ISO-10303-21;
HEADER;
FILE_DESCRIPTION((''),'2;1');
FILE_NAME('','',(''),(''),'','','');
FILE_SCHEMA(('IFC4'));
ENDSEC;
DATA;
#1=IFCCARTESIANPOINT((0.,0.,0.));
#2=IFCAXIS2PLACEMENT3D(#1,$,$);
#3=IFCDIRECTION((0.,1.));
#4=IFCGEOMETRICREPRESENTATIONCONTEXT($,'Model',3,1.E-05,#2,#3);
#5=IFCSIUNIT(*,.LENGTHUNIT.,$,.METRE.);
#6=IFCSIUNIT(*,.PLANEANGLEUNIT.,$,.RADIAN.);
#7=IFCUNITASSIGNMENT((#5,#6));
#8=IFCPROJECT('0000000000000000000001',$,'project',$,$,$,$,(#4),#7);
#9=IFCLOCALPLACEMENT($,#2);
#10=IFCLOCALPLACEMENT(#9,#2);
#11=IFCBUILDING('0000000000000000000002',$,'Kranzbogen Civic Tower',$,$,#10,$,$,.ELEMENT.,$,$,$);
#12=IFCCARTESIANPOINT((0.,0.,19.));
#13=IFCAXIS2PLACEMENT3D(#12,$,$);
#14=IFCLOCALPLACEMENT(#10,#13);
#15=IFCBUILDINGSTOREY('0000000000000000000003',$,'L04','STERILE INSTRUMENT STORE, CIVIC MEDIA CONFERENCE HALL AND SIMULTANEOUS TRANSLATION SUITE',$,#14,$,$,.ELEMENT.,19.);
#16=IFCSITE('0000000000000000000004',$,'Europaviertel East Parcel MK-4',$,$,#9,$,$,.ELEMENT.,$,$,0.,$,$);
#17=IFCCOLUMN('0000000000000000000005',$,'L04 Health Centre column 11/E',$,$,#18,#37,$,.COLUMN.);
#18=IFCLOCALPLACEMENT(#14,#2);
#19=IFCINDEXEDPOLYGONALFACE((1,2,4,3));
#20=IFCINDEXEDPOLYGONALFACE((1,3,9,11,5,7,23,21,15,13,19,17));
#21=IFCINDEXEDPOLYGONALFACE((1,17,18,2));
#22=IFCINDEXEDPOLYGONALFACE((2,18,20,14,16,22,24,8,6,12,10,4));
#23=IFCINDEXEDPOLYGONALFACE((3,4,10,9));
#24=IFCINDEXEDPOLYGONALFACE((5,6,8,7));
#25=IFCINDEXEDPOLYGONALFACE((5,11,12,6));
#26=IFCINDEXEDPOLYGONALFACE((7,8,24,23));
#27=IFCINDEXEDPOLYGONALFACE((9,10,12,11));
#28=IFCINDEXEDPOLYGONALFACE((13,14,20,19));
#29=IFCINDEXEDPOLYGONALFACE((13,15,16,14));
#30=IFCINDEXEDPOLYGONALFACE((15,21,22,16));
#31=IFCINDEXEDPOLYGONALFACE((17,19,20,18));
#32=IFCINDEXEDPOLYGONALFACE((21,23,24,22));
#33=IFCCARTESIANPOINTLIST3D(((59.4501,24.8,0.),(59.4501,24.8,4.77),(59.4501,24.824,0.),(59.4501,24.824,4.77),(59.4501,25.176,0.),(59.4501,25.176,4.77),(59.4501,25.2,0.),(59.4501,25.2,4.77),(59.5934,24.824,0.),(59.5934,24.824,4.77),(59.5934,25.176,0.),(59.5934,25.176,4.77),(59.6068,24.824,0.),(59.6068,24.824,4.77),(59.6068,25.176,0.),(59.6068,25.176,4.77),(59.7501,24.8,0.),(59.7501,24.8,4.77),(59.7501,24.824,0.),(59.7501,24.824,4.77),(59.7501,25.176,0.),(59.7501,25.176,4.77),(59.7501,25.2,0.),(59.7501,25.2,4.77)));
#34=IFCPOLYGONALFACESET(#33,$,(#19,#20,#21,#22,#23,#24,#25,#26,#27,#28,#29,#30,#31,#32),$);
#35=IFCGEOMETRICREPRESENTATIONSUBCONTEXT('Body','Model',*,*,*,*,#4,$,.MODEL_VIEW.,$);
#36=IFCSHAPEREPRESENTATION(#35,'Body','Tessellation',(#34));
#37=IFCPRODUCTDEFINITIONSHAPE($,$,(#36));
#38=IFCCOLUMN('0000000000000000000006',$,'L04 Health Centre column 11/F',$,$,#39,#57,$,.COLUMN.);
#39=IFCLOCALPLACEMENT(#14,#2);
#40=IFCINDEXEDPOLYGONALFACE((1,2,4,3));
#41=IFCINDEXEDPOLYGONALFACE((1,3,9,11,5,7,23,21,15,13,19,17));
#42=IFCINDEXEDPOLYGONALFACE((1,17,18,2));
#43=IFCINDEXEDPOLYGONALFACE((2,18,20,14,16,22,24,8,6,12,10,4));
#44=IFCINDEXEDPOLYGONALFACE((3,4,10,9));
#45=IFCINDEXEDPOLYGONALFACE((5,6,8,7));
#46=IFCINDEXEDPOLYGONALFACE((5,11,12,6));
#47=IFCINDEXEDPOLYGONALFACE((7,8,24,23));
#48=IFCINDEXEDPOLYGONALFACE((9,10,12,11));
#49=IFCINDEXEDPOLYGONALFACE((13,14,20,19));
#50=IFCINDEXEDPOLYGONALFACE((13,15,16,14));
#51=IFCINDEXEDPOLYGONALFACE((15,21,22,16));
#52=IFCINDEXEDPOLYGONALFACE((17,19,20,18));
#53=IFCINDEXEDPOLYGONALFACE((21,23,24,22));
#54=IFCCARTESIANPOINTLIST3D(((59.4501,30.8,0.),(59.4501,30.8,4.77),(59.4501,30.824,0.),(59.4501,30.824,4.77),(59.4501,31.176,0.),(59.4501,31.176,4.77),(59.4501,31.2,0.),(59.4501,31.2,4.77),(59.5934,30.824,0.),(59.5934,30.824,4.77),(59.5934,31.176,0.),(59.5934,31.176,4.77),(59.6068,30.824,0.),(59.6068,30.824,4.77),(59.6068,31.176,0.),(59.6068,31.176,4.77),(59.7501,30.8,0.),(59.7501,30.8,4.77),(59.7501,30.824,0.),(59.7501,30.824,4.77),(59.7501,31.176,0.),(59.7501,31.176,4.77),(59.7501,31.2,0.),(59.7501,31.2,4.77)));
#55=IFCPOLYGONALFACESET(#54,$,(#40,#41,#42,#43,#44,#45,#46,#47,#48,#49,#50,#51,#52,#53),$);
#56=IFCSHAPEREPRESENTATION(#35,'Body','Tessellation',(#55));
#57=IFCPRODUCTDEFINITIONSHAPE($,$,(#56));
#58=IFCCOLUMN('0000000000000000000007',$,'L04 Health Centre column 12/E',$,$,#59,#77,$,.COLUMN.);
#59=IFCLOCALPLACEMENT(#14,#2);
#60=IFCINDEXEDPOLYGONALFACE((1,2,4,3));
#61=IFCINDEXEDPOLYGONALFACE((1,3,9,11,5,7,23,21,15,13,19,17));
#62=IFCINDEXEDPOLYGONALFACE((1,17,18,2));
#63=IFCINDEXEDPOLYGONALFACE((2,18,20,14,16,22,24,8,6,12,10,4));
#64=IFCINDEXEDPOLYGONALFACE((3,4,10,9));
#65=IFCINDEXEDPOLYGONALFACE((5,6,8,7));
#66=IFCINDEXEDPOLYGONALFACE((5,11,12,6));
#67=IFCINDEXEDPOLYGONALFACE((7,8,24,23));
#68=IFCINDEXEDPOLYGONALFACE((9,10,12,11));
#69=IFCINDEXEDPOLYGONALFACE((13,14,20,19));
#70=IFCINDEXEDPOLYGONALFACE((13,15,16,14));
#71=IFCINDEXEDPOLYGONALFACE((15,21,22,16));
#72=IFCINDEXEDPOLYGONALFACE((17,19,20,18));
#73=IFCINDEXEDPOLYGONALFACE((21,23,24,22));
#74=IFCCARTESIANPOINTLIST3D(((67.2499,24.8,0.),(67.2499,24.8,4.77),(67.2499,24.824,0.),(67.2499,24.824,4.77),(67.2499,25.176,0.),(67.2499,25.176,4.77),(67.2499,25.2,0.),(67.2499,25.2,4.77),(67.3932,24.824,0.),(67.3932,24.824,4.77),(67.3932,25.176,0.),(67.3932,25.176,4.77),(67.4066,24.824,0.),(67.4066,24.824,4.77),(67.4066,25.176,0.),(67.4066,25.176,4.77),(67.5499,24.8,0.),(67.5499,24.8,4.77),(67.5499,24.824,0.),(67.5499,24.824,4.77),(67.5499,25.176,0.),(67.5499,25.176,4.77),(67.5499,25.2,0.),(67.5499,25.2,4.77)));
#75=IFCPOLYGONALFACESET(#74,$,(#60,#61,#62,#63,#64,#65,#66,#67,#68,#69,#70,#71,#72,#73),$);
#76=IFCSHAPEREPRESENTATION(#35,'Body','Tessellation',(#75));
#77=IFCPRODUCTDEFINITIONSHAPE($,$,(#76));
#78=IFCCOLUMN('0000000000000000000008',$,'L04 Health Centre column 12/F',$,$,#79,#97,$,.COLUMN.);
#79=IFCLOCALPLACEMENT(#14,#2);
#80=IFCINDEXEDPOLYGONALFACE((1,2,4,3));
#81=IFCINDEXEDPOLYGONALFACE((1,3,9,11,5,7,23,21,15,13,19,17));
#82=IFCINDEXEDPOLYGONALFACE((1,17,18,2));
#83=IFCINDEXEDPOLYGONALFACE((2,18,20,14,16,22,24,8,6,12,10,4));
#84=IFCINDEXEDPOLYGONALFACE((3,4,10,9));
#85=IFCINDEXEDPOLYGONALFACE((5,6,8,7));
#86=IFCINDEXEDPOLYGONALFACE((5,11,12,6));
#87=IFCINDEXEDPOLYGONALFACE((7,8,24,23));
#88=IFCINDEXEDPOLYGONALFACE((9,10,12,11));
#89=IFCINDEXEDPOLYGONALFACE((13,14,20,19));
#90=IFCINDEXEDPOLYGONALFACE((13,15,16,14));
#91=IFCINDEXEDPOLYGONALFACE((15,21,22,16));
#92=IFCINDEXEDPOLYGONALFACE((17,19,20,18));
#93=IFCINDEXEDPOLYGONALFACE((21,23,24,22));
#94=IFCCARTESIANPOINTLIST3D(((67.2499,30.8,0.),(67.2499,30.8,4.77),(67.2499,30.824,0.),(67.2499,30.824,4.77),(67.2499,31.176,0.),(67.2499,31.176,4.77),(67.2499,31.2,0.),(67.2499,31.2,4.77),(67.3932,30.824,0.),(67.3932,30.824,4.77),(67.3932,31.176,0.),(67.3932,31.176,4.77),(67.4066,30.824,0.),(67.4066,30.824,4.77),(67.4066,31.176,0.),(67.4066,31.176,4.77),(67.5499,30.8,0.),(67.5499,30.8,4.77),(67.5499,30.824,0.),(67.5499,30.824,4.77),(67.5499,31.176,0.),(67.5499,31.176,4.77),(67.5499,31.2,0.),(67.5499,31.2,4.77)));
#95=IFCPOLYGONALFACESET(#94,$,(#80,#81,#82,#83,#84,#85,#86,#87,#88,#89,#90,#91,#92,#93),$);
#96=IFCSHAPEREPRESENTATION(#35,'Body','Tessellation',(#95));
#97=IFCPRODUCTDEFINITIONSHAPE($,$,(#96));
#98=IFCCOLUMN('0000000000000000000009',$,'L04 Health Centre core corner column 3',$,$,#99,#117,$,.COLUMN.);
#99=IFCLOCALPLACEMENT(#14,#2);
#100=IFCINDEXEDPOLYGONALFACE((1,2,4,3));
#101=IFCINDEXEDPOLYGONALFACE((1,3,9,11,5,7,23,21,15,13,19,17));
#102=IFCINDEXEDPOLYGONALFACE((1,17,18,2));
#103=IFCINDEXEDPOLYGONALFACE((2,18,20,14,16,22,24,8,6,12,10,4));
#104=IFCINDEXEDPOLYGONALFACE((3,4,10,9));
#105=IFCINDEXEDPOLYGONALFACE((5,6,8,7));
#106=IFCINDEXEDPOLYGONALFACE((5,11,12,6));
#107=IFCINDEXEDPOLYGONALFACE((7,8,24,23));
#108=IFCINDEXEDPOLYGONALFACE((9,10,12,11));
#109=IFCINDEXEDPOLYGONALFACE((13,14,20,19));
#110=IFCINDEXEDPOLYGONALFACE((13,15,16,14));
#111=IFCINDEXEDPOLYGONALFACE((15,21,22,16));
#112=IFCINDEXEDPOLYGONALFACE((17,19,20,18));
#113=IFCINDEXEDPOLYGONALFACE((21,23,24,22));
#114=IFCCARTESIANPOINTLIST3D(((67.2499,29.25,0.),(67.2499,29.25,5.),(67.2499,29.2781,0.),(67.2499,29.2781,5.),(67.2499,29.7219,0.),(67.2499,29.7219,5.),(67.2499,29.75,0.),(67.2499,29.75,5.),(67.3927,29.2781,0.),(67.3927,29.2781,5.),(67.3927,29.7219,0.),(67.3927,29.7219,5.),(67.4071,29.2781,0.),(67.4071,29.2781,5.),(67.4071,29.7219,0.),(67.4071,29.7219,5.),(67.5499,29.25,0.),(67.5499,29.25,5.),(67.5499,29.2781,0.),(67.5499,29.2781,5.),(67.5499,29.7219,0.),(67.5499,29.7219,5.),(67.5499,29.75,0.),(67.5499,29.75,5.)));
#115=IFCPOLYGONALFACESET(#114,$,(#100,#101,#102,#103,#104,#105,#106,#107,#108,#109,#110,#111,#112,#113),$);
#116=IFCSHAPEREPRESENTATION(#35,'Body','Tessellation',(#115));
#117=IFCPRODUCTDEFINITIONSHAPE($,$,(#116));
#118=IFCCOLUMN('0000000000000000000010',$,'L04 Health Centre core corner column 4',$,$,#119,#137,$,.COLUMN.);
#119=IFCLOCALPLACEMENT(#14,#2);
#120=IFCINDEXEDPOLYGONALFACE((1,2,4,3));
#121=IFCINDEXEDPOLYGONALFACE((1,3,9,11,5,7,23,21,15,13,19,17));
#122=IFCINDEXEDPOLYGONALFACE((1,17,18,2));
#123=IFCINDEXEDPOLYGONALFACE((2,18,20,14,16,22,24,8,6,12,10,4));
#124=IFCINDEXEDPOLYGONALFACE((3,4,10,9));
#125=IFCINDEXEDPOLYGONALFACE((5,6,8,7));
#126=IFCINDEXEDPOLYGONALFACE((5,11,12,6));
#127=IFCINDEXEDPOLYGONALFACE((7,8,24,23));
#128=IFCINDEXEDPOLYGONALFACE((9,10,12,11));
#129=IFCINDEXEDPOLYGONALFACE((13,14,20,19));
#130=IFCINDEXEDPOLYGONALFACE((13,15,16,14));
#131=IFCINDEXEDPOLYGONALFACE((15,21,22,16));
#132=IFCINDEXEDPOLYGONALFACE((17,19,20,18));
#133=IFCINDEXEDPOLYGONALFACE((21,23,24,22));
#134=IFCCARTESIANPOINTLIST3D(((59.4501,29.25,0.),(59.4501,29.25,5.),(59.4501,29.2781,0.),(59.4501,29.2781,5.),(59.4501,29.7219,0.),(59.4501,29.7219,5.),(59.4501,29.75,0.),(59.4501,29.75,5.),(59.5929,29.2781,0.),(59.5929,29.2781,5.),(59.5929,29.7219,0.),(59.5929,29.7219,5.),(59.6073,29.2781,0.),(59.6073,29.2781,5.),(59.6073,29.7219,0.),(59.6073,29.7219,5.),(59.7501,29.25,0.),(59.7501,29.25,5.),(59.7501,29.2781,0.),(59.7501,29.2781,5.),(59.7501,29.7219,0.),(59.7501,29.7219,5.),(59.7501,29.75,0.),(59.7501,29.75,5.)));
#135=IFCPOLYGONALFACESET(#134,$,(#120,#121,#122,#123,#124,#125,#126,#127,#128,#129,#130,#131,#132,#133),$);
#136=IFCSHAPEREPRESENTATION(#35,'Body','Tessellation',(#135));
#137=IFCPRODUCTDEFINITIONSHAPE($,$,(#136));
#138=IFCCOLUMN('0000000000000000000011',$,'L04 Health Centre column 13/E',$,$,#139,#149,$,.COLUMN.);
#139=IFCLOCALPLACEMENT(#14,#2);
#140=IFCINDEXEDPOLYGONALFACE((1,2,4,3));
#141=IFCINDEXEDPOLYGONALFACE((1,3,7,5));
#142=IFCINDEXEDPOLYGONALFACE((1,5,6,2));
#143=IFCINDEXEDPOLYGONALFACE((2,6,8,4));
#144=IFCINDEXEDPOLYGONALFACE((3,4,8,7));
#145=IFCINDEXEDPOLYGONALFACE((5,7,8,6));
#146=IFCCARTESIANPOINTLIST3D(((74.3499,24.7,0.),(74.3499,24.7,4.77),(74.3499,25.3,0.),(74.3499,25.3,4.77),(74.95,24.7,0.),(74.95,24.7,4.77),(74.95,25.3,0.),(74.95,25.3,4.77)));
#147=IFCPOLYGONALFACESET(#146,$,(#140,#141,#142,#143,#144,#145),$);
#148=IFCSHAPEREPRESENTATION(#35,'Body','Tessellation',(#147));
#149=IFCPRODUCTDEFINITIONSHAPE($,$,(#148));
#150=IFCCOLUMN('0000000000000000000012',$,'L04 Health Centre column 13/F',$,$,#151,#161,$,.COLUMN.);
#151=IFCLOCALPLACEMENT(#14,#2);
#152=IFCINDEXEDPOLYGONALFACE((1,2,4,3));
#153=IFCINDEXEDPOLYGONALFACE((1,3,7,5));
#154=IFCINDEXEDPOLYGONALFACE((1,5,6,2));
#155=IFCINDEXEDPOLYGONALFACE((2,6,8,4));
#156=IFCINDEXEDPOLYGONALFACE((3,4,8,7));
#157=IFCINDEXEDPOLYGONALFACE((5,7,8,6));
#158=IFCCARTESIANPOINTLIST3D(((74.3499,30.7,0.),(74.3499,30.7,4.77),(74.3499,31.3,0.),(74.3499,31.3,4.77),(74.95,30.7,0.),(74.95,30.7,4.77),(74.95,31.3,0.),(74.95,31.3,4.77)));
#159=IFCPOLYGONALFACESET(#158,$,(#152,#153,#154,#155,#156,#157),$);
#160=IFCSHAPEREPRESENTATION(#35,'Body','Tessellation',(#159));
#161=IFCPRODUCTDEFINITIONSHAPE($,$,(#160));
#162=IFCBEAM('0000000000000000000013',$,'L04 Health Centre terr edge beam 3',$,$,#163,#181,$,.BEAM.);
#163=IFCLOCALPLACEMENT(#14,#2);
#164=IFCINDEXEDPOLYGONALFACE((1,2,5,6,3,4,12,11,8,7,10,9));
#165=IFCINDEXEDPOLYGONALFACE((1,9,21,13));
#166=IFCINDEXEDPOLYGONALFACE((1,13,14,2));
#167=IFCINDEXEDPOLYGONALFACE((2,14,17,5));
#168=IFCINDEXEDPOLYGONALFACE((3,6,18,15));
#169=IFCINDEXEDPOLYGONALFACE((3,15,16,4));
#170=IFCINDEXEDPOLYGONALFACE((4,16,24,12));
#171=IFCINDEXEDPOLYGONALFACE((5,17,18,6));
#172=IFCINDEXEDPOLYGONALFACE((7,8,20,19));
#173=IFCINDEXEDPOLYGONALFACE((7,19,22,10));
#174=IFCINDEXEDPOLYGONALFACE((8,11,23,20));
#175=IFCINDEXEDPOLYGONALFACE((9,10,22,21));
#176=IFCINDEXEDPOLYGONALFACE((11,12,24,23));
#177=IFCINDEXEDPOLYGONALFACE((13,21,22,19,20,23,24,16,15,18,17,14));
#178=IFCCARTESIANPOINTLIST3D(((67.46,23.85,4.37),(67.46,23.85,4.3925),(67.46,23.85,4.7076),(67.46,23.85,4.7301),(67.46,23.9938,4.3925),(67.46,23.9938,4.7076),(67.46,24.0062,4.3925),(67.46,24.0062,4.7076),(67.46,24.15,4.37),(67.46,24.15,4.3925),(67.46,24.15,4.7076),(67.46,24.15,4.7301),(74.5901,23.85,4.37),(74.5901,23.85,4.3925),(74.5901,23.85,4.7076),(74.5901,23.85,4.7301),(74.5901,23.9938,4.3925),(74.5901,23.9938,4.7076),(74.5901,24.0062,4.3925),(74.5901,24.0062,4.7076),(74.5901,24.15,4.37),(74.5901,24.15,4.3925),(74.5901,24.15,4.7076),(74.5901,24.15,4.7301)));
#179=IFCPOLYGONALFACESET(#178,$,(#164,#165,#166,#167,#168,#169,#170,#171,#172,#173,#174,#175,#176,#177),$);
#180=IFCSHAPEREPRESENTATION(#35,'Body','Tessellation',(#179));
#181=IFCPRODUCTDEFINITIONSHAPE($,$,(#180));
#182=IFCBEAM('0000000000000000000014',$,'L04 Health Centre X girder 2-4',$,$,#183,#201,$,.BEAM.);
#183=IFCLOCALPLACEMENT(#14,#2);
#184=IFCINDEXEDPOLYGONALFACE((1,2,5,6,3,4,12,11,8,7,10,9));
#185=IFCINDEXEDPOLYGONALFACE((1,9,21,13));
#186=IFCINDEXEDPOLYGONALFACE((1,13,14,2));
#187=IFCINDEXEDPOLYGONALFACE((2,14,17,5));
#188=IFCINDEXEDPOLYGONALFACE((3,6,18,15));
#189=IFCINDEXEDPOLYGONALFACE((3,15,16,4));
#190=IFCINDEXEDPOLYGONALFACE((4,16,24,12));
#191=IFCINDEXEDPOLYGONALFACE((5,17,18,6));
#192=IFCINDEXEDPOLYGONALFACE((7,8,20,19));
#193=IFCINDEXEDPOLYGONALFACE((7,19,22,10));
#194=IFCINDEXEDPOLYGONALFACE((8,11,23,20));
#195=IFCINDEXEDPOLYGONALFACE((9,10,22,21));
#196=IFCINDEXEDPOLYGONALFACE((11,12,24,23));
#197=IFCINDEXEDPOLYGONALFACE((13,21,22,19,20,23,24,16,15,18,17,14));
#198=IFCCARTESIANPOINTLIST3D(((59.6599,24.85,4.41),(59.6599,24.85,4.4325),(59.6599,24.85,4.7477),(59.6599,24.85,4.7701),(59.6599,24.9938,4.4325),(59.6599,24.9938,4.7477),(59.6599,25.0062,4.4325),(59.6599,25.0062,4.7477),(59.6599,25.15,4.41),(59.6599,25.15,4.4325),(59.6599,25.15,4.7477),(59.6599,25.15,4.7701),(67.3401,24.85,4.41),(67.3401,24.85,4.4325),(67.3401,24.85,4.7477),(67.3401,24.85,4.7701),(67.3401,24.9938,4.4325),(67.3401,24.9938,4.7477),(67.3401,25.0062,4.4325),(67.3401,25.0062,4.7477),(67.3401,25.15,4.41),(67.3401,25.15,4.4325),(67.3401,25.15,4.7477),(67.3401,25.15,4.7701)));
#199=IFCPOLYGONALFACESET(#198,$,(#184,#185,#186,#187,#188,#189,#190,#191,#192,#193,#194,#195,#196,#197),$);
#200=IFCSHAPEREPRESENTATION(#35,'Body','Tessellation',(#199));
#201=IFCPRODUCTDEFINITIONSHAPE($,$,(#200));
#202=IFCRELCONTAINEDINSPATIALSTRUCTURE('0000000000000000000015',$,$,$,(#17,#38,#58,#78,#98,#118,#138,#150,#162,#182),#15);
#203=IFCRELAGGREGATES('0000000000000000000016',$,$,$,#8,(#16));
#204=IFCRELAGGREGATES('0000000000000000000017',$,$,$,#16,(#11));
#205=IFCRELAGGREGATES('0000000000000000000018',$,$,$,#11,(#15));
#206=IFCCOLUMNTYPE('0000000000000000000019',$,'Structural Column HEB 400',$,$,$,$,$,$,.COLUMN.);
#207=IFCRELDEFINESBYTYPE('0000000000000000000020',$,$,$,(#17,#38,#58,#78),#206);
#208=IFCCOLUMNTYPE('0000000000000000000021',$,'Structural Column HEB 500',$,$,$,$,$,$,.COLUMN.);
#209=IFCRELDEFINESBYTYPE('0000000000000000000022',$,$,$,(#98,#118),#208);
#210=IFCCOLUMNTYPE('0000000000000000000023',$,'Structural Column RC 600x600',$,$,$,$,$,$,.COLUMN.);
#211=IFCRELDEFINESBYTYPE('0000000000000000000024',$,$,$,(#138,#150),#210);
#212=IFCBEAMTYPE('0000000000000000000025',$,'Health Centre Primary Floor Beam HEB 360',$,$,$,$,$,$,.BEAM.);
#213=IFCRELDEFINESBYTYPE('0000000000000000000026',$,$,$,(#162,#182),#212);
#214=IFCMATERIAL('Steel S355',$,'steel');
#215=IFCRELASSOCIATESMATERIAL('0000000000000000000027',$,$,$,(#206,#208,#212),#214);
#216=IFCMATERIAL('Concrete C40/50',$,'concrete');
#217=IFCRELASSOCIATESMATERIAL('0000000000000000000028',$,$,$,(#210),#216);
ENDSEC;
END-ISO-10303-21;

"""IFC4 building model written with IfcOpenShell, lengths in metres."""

from ifc_helpers import new_model, si_unit, direction, frame, origin, origin_2d, place, context, subcontext, project, spatial, rectangle, i_section, extrude, material, material_profile, profile_set, type_object, element, save


model = new_model("IFC4")

# Units and contexts
model_context = context("Model", 3, precision=1e-05, world=origin(), true_north=direction((0.0, 1.0)))
body_context = subcontext(model_context, "Body", "Model", "MODEL_VIEW")
ifc_project = project(units=[si_unit("LENGTHUNIT", "METRE"), si_unit("PLANEANGLEUNIT", "RADIAN")], contexts=[model_context])

# Site, building, storey
site_placement = place(None, origin())
site = spatial("IfcSite", under=ifc_project, at=site_placement, Name="Europaviertel East Parcel MK-4", CompositionType="ELEMENT", RefElevation=0.0)
building_placement = place(site_placement, origin())
building = spatial("IfcBuilding", under=site, at=building_placement, Name="Kranzbogen Civic Tower", CompositionType="ELEMENT")
storey_placement = place(building_placement, frame((0.0, 0.0, 19.0)))
storey = spatial("IfcBuildingStorey", under=building, at=storey_placement, Name="L04", Description="STERILE INSTRUMENT STORE, CIVIC MEDIA CONFERENCE HALL AND SIMULTANEOUS TRANSLATION SUITE", CompositionType="ELEMENT", Elevation=19.0)

# Columns
ifc_material_1 = material(Name="Steel S355", Category="steel")
ifc_material_profile_1 = material_profile(ifc_material_1, i_section(OverallWidth=0.3, OverallDepth=0.3999, WebThickness=0.0134, FlangeThickness=0.0239, at=origin_2d()), Name="HEB 400")
ifc_profile_set_1 = profile_set([ifc_material_profile_1], Name="Steel S355")
column_type_1 = type_object("IfcColumnType", Name="Structural Column HEB 400", PredefinedType="COLUMN", material=ifc_profile_set_1)
for number, where, z_axis, x_axis, name in (
    (1, (59.6001, 25.0, 0.0), (0.0, 0.0, 1.0), (1.0, 0.0, 0.0), "L04 Health Centre column 11/E"),
    (2, (59.6001, 31.0, 0.0), (0.0, 0.0, 1.0), (1.0, 0.0, 0.0), "L04 Health Centre column 11/F"),
    (3, (67.3999, 25.0, 0.0), (0.0, 0.0, 1.0), (1.0, 0.0, 0.0), "L04 Health Centre column 12/E"),
    (4, (67.3999, 31.0, 0.0), (0.0, 0.0, 1.0), (1.0, 0.0, 0.0), "L04 Health Centre column 12/F"),
):
    element("IfcColumn", number, at=place(storey_placement, frame(where, z_axis=z_axis, x_axis=x_axis)), inside=storey, type_object=column_type_1, Name=name, PredefinedType="COLUMN", context=body_context, shape_type="SweptSolid", body=[
        extrude(i_section(OverallWidth=0.3, OverallDepth=0.3999, WebThickness=0.0134, FlangeThickness=0.0239, at=origin_2d()), origin(), (0.0, 0.0, 1.0), 4.77),
    ])
ifc_material_profile_2 = material_profile(ifc_material_1, i_section(OverallWidth=0.3, OverallDepth=0.5, WebThickness=0.0144, FlangeThickness=0.0281, at=origin_2d()), Name="HEB 500")
ifc_profile_set_2 = profile_set([ifc_material_profile_2], Name="Steel S355")
column_type_2 = type_object("IfcColumnType", Name="Structural Column HEB 500", PredefinedType="COLUMN", material=ifc_profile_set_2)
for number, where, z_axis, x_axis, name in (
    (5, (67.3999, 29.5, 0.0), (0.0, 0.0, 1.0), (1.0, 0.0, 0.0), "L04 Health Centre core corner column 3"),
    (6, (59.6001, 29.5, 0.0), (0.0, 0.0, 1.0), (1.0, 0.0, 0.0), "L04 Health Centre core corner column 4"),
):
    element("IfcColumn", number, at=place(storey_placement, frame(where, z_axis=z_axis, x_axis=x_axis)), inside=storey, type_object=column_type_2, Name=name, PredefinedType="COLUMN", context=body_context, shape_type="SweptSolid", body=[
        extrude(i_section(OverallWidth=0.3, OverallDepth=0.5, WebThickness=0.0144, FlangeThickness=0.0281, at=origin_2d()), origin(), (0.0, 0.0, 1.0), 5.0),
    ])
ifc_material_2 = material(Name="Concrete C40/50", Category="concrete")
ifc_material_profile_3 = material_profile(ifc_material_2, rectangle(XDim=0.6001, YDim=0.6001, at=origin_2d()), Name="RC 600x600")
ifc_profile_set_3 = profile_set([ifc_material_profile_3], Name="Concrete C40/50")
column_type_3 = type_object("IfcColumnType", Name="Structural Column RC 600x600", PredefinedType="COLUMN", material=ifc_profile_set_3)
for number, where, z_axis, x_axis, name in (
    (7, (74.6499, 25.0, 0.0), (0.0, 0.0, 1.0), (1.0, 0.0, 0.0), "L04 Health Centre column 13/E"),
    (8, (74.6499, 31.0, 0.0), (0.0, 0.0, 1.0), (1.0, 0.0, 0.0), "L04 Health Centre column 13/F"),
):
    element("IfcColumn", number, at=place(storey_placement, frame(where, z_axis=z_axis, x_axis=x_axis)), inside=storey, type_object=column_type_3, Name=name, PredefinedType="COLUMN", context=body_context, shape_type="SweptSolid", body=[
        extrude(rectangle(XDim=0.6001, YDim=0.6001, at=origin_2d()), origin(), (0.0, 0.0, 1.0), 4.77),
    ])

# Beams
ifc_material_profile_4 = material_profile(ifc_material_1, i_section(OverallWidth=0.3, OverallDepth=0.3601, WebThickness=0.0125, FlangeThickness=0.0225, at=origin_2d()), Name="HEB 360")
ifc_profile_set_4 = profile_set([ifc_material_profile_4], Name="Steel S355")
beam_type_1 = type_object("IfcBeamType", Name="Health Centre Primary Floor Beam HEB 360", PredefinedType="BEAM", material=ifc_profile_set_4)
beam_1_placement = place(storey_placement, frame((67.46, 24.0, 4.55), z_axis=(1.0, 0.0, 0.0), x_axis=(0.0, 1.0, 0.0)))
element("IfcBeam", 9, at=beam_1_placement, inside=storey, type_object=beam_type_1, Name="L04 Health Centre terr edge beam 3", PredefinedType="BEAM", context=body_context, shape_type="SweptSolid", body=[
    extrude(i_section(OverallWidth=0.3, OverallDepth=0.3601, WebThickness=0.0125, FlangeThickness=0.0225, at=origin_2d()), origin(), (0.0, 0.0, 1.0), 7.1301),
])
beam_2_placement = place(storey_placement, frame((59.6599, 25.0, 4.5901), z_axis=(1.0, 0.0, 0.0), x_axis=(0.0, 1.0, 0.0)))
element("IfcBeam", 10, at=beam_2_placement, inside=storey, type_object=beam_type_1, Name="L04 Health Centre X girder 2-4", PredefinedType="BEAM", context=body_context, shape_type="SweptSolid", body=[
    extrude(i_section(OverallWidth=0.3, OverallDepth=0.3601, WebThickness=0.0125, FlangeThickness=0.0225, at=origin_2d()), origin(), (0.0, 0.0, 1.0), 7.6802),
])

save(model, "model.ifc")
